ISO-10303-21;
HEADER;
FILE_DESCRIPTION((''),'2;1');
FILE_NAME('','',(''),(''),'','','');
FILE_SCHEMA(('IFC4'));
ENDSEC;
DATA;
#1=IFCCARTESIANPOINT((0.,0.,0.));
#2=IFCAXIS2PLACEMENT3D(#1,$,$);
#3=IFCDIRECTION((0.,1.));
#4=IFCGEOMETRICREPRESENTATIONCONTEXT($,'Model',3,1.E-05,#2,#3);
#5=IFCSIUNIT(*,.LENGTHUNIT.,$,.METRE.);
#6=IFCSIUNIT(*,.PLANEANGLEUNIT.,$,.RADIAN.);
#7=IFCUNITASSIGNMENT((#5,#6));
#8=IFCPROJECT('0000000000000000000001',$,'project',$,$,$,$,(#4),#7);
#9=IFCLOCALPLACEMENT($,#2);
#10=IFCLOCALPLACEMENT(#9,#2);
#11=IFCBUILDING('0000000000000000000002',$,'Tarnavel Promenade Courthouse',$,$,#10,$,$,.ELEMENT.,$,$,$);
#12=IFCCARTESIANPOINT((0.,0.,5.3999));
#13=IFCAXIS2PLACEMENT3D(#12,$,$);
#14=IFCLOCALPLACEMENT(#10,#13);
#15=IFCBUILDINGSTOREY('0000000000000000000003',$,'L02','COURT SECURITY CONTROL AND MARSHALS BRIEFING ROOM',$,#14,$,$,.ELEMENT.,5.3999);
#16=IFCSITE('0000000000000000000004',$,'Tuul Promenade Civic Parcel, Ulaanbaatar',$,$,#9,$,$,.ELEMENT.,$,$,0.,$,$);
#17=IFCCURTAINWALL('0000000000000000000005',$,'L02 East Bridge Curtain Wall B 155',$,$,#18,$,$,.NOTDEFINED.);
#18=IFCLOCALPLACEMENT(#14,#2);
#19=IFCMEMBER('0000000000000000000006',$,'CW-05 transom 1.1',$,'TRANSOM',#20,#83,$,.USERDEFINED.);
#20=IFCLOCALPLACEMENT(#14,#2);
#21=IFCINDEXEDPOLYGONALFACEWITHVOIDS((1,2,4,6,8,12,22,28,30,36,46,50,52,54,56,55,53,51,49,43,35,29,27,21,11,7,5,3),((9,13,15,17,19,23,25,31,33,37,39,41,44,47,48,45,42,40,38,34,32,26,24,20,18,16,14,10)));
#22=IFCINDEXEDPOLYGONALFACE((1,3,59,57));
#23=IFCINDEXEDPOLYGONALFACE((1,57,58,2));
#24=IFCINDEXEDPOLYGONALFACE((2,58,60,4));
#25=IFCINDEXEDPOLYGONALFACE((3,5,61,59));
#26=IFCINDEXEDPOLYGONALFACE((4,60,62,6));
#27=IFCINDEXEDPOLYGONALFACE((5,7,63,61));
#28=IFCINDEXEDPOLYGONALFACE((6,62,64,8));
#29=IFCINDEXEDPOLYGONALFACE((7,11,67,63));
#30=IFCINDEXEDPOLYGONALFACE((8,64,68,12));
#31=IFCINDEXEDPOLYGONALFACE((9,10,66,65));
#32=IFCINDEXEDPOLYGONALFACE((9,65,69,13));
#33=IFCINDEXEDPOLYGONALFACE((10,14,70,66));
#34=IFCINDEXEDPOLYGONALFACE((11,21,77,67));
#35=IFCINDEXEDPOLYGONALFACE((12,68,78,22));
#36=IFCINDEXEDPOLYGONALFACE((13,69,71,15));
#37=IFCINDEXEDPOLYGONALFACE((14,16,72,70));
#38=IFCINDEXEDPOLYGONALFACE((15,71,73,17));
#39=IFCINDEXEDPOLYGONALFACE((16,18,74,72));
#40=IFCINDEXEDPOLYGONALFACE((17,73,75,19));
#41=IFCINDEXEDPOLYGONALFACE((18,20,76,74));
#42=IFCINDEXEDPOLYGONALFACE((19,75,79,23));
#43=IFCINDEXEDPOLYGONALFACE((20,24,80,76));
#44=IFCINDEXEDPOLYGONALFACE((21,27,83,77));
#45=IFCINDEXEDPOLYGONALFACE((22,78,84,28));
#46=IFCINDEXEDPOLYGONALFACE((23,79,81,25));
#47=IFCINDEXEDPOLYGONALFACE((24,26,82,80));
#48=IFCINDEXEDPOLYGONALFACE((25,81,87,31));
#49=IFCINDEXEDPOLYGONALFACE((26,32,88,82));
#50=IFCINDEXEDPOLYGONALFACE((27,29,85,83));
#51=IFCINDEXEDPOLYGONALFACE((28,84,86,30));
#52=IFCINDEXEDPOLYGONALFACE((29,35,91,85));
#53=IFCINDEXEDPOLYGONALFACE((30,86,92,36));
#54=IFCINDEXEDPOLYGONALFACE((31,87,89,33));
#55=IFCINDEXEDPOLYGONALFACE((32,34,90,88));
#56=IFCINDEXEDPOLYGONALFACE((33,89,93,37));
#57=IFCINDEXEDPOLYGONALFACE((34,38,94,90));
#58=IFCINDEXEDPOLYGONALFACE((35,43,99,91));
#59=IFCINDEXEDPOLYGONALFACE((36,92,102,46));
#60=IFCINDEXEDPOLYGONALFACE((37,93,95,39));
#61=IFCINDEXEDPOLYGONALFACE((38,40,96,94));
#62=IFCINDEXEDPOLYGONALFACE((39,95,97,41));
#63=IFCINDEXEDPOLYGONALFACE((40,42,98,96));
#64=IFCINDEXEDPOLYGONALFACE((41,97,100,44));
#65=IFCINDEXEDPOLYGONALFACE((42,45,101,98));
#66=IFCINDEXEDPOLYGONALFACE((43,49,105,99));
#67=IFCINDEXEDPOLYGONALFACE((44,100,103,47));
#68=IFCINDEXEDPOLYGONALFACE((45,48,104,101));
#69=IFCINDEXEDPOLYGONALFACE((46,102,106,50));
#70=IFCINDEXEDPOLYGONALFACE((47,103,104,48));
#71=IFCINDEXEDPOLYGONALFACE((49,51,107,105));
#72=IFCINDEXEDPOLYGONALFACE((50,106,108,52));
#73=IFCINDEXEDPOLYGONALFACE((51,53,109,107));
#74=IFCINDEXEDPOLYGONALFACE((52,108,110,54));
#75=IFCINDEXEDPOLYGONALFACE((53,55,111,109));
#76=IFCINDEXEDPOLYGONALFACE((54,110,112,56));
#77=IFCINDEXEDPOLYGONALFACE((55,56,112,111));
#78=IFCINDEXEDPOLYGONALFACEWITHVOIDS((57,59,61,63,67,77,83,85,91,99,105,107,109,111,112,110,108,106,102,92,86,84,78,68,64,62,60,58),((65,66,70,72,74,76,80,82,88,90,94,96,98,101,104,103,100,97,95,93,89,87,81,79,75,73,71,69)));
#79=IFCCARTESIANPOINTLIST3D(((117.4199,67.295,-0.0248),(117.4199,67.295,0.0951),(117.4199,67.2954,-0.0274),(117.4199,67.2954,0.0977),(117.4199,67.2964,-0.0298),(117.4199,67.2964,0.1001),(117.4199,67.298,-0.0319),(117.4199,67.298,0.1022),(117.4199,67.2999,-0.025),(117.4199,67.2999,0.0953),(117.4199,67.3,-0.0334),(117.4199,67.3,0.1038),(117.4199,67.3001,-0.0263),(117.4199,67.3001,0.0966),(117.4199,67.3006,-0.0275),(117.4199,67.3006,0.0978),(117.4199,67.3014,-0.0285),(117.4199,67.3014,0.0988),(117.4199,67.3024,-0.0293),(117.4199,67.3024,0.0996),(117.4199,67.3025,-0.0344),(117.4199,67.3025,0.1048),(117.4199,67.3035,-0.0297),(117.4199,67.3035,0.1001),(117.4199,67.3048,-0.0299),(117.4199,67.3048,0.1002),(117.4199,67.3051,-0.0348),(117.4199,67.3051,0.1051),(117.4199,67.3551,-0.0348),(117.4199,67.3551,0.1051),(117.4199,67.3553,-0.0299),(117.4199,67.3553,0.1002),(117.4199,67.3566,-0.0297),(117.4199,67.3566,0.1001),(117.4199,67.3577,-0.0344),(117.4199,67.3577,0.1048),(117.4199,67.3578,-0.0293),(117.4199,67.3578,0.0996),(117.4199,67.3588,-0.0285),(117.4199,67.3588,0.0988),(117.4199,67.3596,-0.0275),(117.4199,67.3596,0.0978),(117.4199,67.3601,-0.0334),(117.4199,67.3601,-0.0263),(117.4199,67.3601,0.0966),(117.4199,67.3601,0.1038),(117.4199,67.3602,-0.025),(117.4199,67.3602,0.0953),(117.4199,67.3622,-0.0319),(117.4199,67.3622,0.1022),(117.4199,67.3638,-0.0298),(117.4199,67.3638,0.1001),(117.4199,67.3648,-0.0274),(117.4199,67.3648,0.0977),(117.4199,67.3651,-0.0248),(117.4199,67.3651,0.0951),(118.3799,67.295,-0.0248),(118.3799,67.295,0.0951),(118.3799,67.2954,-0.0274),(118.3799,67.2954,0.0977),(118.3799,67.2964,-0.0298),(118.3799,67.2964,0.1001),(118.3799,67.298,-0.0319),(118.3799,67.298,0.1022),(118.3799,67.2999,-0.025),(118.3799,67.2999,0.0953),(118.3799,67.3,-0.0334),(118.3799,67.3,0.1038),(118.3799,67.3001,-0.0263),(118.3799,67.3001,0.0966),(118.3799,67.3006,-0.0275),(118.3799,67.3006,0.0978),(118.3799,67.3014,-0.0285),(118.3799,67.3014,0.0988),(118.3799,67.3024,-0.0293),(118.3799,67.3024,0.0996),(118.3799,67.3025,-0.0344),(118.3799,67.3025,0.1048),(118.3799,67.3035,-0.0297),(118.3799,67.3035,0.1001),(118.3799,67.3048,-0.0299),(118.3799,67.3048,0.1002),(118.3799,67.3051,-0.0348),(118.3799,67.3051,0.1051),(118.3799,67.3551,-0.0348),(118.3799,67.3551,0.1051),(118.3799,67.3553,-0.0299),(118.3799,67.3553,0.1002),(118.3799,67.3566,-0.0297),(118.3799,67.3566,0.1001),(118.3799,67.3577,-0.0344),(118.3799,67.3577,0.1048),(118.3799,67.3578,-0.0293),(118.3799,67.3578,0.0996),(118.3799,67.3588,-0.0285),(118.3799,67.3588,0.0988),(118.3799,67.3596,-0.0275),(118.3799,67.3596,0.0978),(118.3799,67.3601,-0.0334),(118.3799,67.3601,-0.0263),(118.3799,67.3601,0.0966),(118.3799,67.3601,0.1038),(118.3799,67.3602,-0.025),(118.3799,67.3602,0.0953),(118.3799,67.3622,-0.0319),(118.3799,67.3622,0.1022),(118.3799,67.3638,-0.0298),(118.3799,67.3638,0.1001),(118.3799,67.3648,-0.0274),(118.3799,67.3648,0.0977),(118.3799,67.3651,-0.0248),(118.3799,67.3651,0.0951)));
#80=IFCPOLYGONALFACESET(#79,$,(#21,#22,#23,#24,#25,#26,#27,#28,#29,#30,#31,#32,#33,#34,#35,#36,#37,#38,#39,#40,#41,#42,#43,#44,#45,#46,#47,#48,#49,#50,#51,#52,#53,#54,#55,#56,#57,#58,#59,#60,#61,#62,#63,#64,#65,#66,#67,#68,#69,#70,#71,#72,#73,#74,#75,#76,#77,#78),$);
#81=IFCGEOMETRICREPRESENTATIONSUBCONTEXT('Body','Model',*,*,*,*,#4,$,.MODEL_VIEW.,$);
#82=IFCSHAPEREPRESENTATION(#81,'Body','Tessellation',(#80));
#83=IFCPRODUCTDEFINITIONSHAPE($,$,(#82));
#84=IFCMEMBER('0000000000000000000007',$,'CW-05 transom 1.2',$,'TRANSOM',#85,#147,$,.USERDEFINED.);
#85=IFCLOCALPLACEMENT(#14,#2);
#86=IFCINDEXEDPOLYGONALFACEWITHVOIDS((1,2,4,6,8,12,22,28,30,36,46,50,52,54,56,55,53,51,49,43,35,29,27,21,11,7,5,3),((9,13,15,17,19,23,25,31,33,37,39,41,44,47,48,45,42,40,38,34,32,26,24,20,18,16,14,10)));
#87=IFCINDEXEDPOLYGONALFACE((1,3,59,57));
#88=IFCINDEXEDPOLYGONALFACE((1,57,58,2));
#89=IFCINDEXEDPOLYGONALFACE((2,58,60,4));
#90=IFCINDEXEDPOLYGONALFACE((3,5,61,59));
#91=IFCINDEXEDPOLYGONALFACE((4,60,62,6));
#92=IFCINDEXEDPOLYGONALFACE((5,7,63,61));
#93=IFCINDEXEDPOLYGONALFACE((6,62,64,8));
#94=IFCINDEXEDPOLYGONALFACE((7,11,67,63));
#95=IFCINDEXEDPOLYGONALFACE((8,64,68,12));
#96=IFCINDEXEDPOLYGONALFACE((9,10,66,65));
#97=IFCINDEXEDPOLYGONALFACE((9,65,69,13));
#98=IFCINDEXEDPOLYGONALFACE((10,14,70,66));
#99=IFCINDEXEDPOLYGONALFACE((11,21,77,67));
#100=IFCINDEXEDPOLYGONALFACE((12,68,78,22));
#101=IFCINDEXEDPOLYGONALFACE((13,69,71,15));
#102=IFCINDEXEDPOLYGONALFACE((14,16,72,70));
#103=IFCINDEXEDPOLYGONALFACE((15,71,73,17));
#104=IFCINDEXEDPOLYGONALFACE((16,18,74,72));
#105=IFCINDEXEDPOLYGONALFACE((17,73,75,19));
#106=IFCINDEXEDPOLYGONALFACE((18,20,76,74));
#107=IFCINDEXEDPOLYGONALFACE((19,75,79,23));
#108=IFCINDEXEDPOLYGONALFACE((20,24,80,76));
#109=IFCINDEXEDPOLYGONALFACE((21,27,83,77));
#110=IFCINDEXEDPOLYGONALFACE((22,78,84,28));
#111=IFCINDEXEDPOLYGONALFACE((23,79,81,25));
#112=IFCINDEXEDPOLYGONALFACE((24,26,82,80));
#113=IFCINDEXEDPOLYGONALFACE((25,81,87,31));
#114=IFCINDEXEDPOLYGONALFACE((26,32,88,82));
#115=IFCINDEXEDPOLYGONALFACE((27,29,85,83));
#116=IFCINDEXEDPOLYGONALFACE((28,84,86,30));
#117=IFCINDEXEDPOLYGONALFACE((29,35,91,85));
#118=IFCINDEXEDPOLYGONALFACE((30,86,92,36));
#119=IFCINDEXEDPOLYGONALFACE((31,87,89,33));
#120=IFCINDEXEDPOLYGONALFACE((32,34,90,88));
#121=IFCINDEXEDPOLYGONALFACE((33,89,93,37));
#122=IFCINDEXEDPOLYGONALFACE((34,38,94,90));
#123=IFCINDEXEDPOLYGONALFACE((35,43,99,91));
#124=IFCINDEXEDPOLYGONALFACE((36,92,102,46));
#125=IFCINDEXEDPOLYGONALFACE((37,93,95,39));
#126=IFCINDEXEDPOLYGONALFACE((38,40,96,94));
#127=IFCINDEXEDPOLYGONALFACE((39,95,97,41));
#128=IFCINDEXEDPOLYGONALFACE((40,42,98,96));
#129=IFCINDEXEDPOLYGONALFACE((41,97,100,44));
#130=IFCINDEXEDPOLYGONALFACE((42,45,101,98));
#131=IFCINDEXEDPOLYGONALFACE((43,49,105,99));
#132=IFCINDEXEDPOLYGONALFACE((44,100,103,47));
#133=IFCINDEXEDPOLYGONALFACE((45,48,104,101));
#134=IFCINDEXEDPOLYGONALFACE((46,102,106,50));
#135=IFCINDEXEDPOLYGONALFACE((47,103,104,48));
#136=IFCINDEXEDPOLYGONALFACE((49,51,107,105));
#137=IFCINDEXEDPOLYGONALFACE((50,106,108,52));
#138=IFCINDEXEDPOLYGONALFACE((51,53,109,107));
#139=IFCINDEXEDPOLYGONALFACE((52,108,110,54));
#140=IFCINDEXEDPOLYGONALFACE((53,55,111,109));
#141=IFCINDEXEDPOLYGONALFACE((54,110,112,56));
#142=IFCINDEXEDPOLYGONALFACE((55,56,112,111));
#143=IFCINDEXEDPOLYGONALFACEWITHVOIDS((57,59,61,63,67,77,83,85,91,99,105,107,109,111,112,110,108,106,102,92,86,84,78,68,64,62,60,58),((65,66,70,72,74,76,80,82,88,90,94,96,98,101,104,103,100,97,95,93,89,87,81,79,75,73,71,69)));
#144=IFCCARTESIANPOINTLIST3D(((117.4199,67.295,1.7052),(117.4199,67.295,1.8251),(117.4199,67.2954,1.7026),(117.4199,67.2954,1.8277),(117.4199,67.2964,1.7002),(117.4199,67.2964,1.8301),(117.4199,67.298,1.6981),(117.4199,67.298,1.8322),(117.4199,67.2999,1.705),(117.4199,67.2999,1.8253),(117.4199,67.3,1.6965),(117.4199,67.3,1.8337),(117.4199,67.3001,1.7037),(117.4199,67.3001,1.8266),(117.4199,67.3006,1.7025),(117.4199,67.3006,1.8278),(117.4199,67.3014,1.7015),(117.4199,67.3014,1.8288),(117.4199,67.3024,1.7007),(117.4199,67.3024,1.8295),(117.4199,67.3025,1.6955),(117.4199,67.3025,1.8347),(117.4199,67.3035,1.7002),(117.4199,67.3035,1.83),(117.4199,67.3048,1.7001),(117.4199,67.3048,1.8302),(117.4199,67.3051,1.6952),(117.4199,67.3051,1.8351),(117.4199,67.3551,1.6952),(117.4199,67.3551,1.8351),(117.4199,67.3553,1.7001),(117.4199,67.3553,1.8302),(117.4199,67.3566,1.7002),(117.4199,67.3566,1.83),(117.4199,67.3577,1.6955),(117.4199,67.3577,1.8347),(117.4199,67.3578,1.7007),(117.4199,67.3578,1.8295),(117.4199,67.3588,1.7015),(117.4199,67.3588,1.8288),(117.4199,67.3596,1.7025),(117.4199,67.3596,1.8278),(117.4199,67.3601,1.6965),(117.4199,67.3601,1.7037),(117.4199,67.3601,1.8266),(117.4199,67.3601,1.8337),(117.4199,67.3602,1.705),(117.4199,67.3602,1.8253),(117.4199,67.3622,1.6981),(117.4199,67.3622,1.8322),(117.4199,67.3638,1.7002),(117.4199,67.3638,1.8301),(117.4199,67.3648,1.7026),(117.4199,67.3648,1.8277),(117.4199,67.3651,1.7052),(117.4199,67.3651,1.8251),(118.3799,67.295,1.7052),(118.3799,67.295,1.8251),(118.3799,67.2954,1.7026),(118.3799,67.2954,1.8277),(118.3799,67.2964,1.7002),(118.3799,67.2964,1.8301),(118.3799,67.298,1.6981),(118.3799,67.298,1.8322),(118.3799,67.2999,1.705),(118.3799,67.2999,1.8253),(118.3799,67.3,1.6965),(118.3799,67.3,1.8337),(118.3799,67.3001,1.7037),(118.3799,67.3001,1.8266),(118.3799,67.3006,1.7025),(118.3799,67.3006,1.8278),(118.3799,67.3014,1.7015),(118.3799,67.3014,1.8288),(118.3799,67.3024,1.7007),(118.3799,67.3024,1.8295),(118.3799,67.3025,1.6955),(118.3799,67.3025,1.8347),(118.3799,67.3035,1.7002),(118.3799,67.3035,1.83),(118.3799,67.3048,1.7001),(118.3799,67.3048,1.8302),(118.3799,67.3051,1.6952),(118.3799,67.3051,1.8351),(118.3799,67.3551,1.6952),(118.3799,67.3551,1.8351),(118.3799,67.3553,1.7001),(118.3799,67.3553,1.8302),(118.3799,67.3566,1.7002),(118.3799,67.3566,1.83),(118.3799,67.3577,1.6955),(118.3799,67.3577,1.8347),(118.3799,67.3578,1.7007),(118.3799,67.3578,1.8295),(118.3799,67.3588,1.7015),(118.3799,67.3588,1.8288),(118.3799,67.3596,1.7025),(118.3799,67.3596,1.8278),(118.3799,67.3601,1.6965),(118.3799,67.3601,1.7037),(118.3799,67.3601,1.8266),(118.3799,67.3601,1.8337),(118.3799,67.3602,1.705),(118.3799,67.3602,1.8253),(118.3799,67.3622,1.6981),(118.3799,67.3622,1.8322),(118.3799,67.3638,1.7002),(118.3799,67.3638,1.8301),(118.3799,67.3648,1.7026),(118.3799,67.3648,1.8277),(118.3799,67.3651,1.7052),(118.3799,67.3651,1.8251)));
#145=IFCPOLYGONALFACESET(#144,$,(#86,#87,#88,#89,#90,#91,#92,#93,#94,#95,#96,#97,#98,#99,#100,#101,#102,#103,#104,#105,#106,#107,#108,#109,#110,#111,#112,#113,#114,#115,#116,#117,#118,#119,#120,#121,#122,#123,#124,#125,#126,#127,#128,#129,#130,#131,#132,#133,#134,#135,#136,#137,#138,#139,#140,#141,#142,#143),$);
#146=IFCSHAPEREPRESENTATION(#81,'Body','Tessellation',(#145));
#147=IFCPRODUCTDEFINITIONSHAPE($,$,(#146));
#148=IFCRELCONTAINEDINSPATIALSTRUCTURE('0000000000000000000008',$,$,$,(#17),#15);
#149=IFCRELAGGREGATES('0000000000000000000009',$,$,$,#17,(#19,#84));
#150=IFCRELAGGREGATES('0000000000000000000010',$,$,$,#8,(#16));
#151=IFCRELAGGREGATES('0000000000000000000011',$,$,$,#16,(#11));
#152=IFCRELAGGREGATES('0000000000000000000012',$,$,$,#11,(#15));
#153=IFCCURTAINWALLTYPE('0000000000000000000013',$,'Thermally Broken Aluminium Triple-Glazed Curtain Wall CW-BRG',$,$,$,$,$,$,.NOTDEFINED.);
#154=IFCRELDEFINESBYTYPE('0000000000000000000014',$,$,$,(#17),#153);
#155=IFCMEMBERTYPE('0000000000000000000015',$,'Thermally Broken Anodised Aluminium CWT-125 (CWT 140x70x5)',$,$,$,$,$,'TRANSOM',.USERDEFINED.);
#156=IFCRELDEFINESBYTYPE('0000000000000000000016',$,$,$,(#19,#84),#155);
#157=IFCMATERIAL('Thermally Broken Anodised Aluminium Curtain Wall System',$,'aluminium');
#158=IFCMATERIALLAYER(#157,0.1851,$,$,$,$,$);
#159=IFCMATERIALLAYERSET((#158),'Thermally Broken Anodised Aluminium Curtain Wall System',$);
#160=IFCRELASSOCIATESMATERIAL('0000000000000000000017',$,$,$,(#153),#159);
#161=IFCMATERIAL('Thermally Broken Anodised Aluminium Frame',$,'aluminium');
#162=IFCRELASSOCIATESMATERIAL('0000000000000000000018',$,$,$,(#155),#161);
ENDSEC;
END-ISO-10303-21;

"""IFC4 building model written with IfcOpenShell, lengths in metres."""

from ifc_helpers import new_model, si_unit, direction, frame, origin, origin_2d, place, context, subcontext, project, spatial, hollow_rectangle, extrude, material, layer, layer_set, material_profile, profile_set, type_object, element, aggregate, save


model = new_model("IFC4")

# Units and contexts
model_context = context("Model", 3, precision=1e-05, world=origin(), true_north=direction((0.0, 1.0)))
body_context = subcontext(model_context, "Body", "Model", "MODEL_VIEW")
ifc_project = project(units=[si_unit("LENGTHUNIT", "METRE"), si_unit("PLANEANGLEUNIT", "RADIAN")], contexts=[model_context])

# Site, building, storey
site_placement = place(None, origin())
site = spatial("IfcSite", under=ifc_project, at=site_placement, Name="Tuul Promenade Civic Parcel, Ulaanbaatar", CompositionType="ELEMENT", RefElevation=0.0)
building_placement = place(site_placement, origin())
building = spatial("IfcBuilding", under=site, at=building_placement, Name="Tarnavel Promenade Courthouse", CompositionType="ELEMENT")
storey_placement = place(building_placement, frame((0.0, 0.0, 5.3999)))
storey = spatial("IfcBuildingStorey", under=building, at=storey_placement, Name="L02", Description="COURT SECURITY CONTROL AND MARSHALS BRIEFING ROOM", CompositionType="ELEMENT", Elevation=5.3999)

# Curtain wall
ifc_material_1 = material(Name="Thermally Broken Anodised Aluminium Curtain Wall System", Category="aluminium")
ifc_layer_1 = layer(ifc_material_1, 0.1851)
ifc_layer_set_1 = layer_set([ifc_layer_1], Name="Thermally Broken Anodised Aluminium Curtain Wall System")
curtain_wall_type = type_object("IfcCurtainWallType", Name="Thermally Broken Aluminium Triple-Glazed Curtain Wall CW-BRG", PredefinedType="NOTDEFINED", material=ifc_layer_set_1)
ifc_material_2 = material(Name="Thermally Broken Anodised Aluminium Frame", Category="aluminium")
curtain_wall_1_placement = place(storey_placement, origin())
curtain_wall_1 = element("IfcCurtainWall", 1, at=curtain_wall_1_placement, inside=storey, type_object=curtain_wall_type, Name="L02 East Bridge Curtain Wall B 155", PredefinedType="NOTDEFINED")

# Members
ifc_material_profile_1 = material_profile(ifc_material_2, hollow_rectangle(XDim=0.0701, YDim=0.1399, WallThickness=0.0049, InnerFilletRadius=0.0049, OuterFilletRadius=0.01, at=origin_2d()), Name="CWT 140x70x5")
ifc_profile_set_1 = profile_set([ifc_material_profile_1], Name="Thermally Broken Anodised Aluminium Frame")
member_type_1 = type_object("IfcMemberType", Name="Thermally Broken Anodised Aluminium CWT-125 (CWT 140x70x5)", ElementType="TRANSOM", PredefinedType="USERDEFINED", material=ifc_profile_set_1)
member_1_placement = place(storey_placement, frame((117.4199, 67.3301, 0.0352), z_axis=(1.0, 0.0, 0.0), x_axis=(0.0, 1.0, 0.0)))
member_1 = element("IfcMember", 2, at=member_1_placement, type_object=member_type_1, Name="CW-05 transom 1.1", ObjectType="TRANSOM", PredefinedType="USERDEFINED", context=body_context, shape_type="SweptSolid", body=[
    extrude(hollow_rectangle(XDim=0.0701, YDim=0.1399, WallThickness=0.0049, InnerFilletRadius=0.0049, OuterFilletRadius=0.01, at=origin_2d()), origin(), (0.0, 0.0, 1.0), 0.96),
])
member_2_placement = place(storey_placement, frame((117.4199, 67.3301, 1.7651), z_axis=(1.0, 0.0, 0.0), x_axis=(0.0, 1.0, 0.0)))
member_2 = element("IfcMember", 3, at=member_2_placement, type_object=member_type_1, Name="CW-05 transom 1.2", ObjectType="TRANSOM", PredefinedType="USERDEFINED", context=body_context, shape_type="SweptSolid", body=[
    extrude(hollow_rectangle(XDim=0.0701, YDim=0.1399, WallThickness=0.0049, InnerFilletRadius=0.0049, OuterFilletRadius=0.01, at=origin_2d()), origin(), (0.0, 0.0, 1.0), 0.96),
])

aggregate(curtain_wall_1, [member_1, member_2])

save(model, "model.ifc")
